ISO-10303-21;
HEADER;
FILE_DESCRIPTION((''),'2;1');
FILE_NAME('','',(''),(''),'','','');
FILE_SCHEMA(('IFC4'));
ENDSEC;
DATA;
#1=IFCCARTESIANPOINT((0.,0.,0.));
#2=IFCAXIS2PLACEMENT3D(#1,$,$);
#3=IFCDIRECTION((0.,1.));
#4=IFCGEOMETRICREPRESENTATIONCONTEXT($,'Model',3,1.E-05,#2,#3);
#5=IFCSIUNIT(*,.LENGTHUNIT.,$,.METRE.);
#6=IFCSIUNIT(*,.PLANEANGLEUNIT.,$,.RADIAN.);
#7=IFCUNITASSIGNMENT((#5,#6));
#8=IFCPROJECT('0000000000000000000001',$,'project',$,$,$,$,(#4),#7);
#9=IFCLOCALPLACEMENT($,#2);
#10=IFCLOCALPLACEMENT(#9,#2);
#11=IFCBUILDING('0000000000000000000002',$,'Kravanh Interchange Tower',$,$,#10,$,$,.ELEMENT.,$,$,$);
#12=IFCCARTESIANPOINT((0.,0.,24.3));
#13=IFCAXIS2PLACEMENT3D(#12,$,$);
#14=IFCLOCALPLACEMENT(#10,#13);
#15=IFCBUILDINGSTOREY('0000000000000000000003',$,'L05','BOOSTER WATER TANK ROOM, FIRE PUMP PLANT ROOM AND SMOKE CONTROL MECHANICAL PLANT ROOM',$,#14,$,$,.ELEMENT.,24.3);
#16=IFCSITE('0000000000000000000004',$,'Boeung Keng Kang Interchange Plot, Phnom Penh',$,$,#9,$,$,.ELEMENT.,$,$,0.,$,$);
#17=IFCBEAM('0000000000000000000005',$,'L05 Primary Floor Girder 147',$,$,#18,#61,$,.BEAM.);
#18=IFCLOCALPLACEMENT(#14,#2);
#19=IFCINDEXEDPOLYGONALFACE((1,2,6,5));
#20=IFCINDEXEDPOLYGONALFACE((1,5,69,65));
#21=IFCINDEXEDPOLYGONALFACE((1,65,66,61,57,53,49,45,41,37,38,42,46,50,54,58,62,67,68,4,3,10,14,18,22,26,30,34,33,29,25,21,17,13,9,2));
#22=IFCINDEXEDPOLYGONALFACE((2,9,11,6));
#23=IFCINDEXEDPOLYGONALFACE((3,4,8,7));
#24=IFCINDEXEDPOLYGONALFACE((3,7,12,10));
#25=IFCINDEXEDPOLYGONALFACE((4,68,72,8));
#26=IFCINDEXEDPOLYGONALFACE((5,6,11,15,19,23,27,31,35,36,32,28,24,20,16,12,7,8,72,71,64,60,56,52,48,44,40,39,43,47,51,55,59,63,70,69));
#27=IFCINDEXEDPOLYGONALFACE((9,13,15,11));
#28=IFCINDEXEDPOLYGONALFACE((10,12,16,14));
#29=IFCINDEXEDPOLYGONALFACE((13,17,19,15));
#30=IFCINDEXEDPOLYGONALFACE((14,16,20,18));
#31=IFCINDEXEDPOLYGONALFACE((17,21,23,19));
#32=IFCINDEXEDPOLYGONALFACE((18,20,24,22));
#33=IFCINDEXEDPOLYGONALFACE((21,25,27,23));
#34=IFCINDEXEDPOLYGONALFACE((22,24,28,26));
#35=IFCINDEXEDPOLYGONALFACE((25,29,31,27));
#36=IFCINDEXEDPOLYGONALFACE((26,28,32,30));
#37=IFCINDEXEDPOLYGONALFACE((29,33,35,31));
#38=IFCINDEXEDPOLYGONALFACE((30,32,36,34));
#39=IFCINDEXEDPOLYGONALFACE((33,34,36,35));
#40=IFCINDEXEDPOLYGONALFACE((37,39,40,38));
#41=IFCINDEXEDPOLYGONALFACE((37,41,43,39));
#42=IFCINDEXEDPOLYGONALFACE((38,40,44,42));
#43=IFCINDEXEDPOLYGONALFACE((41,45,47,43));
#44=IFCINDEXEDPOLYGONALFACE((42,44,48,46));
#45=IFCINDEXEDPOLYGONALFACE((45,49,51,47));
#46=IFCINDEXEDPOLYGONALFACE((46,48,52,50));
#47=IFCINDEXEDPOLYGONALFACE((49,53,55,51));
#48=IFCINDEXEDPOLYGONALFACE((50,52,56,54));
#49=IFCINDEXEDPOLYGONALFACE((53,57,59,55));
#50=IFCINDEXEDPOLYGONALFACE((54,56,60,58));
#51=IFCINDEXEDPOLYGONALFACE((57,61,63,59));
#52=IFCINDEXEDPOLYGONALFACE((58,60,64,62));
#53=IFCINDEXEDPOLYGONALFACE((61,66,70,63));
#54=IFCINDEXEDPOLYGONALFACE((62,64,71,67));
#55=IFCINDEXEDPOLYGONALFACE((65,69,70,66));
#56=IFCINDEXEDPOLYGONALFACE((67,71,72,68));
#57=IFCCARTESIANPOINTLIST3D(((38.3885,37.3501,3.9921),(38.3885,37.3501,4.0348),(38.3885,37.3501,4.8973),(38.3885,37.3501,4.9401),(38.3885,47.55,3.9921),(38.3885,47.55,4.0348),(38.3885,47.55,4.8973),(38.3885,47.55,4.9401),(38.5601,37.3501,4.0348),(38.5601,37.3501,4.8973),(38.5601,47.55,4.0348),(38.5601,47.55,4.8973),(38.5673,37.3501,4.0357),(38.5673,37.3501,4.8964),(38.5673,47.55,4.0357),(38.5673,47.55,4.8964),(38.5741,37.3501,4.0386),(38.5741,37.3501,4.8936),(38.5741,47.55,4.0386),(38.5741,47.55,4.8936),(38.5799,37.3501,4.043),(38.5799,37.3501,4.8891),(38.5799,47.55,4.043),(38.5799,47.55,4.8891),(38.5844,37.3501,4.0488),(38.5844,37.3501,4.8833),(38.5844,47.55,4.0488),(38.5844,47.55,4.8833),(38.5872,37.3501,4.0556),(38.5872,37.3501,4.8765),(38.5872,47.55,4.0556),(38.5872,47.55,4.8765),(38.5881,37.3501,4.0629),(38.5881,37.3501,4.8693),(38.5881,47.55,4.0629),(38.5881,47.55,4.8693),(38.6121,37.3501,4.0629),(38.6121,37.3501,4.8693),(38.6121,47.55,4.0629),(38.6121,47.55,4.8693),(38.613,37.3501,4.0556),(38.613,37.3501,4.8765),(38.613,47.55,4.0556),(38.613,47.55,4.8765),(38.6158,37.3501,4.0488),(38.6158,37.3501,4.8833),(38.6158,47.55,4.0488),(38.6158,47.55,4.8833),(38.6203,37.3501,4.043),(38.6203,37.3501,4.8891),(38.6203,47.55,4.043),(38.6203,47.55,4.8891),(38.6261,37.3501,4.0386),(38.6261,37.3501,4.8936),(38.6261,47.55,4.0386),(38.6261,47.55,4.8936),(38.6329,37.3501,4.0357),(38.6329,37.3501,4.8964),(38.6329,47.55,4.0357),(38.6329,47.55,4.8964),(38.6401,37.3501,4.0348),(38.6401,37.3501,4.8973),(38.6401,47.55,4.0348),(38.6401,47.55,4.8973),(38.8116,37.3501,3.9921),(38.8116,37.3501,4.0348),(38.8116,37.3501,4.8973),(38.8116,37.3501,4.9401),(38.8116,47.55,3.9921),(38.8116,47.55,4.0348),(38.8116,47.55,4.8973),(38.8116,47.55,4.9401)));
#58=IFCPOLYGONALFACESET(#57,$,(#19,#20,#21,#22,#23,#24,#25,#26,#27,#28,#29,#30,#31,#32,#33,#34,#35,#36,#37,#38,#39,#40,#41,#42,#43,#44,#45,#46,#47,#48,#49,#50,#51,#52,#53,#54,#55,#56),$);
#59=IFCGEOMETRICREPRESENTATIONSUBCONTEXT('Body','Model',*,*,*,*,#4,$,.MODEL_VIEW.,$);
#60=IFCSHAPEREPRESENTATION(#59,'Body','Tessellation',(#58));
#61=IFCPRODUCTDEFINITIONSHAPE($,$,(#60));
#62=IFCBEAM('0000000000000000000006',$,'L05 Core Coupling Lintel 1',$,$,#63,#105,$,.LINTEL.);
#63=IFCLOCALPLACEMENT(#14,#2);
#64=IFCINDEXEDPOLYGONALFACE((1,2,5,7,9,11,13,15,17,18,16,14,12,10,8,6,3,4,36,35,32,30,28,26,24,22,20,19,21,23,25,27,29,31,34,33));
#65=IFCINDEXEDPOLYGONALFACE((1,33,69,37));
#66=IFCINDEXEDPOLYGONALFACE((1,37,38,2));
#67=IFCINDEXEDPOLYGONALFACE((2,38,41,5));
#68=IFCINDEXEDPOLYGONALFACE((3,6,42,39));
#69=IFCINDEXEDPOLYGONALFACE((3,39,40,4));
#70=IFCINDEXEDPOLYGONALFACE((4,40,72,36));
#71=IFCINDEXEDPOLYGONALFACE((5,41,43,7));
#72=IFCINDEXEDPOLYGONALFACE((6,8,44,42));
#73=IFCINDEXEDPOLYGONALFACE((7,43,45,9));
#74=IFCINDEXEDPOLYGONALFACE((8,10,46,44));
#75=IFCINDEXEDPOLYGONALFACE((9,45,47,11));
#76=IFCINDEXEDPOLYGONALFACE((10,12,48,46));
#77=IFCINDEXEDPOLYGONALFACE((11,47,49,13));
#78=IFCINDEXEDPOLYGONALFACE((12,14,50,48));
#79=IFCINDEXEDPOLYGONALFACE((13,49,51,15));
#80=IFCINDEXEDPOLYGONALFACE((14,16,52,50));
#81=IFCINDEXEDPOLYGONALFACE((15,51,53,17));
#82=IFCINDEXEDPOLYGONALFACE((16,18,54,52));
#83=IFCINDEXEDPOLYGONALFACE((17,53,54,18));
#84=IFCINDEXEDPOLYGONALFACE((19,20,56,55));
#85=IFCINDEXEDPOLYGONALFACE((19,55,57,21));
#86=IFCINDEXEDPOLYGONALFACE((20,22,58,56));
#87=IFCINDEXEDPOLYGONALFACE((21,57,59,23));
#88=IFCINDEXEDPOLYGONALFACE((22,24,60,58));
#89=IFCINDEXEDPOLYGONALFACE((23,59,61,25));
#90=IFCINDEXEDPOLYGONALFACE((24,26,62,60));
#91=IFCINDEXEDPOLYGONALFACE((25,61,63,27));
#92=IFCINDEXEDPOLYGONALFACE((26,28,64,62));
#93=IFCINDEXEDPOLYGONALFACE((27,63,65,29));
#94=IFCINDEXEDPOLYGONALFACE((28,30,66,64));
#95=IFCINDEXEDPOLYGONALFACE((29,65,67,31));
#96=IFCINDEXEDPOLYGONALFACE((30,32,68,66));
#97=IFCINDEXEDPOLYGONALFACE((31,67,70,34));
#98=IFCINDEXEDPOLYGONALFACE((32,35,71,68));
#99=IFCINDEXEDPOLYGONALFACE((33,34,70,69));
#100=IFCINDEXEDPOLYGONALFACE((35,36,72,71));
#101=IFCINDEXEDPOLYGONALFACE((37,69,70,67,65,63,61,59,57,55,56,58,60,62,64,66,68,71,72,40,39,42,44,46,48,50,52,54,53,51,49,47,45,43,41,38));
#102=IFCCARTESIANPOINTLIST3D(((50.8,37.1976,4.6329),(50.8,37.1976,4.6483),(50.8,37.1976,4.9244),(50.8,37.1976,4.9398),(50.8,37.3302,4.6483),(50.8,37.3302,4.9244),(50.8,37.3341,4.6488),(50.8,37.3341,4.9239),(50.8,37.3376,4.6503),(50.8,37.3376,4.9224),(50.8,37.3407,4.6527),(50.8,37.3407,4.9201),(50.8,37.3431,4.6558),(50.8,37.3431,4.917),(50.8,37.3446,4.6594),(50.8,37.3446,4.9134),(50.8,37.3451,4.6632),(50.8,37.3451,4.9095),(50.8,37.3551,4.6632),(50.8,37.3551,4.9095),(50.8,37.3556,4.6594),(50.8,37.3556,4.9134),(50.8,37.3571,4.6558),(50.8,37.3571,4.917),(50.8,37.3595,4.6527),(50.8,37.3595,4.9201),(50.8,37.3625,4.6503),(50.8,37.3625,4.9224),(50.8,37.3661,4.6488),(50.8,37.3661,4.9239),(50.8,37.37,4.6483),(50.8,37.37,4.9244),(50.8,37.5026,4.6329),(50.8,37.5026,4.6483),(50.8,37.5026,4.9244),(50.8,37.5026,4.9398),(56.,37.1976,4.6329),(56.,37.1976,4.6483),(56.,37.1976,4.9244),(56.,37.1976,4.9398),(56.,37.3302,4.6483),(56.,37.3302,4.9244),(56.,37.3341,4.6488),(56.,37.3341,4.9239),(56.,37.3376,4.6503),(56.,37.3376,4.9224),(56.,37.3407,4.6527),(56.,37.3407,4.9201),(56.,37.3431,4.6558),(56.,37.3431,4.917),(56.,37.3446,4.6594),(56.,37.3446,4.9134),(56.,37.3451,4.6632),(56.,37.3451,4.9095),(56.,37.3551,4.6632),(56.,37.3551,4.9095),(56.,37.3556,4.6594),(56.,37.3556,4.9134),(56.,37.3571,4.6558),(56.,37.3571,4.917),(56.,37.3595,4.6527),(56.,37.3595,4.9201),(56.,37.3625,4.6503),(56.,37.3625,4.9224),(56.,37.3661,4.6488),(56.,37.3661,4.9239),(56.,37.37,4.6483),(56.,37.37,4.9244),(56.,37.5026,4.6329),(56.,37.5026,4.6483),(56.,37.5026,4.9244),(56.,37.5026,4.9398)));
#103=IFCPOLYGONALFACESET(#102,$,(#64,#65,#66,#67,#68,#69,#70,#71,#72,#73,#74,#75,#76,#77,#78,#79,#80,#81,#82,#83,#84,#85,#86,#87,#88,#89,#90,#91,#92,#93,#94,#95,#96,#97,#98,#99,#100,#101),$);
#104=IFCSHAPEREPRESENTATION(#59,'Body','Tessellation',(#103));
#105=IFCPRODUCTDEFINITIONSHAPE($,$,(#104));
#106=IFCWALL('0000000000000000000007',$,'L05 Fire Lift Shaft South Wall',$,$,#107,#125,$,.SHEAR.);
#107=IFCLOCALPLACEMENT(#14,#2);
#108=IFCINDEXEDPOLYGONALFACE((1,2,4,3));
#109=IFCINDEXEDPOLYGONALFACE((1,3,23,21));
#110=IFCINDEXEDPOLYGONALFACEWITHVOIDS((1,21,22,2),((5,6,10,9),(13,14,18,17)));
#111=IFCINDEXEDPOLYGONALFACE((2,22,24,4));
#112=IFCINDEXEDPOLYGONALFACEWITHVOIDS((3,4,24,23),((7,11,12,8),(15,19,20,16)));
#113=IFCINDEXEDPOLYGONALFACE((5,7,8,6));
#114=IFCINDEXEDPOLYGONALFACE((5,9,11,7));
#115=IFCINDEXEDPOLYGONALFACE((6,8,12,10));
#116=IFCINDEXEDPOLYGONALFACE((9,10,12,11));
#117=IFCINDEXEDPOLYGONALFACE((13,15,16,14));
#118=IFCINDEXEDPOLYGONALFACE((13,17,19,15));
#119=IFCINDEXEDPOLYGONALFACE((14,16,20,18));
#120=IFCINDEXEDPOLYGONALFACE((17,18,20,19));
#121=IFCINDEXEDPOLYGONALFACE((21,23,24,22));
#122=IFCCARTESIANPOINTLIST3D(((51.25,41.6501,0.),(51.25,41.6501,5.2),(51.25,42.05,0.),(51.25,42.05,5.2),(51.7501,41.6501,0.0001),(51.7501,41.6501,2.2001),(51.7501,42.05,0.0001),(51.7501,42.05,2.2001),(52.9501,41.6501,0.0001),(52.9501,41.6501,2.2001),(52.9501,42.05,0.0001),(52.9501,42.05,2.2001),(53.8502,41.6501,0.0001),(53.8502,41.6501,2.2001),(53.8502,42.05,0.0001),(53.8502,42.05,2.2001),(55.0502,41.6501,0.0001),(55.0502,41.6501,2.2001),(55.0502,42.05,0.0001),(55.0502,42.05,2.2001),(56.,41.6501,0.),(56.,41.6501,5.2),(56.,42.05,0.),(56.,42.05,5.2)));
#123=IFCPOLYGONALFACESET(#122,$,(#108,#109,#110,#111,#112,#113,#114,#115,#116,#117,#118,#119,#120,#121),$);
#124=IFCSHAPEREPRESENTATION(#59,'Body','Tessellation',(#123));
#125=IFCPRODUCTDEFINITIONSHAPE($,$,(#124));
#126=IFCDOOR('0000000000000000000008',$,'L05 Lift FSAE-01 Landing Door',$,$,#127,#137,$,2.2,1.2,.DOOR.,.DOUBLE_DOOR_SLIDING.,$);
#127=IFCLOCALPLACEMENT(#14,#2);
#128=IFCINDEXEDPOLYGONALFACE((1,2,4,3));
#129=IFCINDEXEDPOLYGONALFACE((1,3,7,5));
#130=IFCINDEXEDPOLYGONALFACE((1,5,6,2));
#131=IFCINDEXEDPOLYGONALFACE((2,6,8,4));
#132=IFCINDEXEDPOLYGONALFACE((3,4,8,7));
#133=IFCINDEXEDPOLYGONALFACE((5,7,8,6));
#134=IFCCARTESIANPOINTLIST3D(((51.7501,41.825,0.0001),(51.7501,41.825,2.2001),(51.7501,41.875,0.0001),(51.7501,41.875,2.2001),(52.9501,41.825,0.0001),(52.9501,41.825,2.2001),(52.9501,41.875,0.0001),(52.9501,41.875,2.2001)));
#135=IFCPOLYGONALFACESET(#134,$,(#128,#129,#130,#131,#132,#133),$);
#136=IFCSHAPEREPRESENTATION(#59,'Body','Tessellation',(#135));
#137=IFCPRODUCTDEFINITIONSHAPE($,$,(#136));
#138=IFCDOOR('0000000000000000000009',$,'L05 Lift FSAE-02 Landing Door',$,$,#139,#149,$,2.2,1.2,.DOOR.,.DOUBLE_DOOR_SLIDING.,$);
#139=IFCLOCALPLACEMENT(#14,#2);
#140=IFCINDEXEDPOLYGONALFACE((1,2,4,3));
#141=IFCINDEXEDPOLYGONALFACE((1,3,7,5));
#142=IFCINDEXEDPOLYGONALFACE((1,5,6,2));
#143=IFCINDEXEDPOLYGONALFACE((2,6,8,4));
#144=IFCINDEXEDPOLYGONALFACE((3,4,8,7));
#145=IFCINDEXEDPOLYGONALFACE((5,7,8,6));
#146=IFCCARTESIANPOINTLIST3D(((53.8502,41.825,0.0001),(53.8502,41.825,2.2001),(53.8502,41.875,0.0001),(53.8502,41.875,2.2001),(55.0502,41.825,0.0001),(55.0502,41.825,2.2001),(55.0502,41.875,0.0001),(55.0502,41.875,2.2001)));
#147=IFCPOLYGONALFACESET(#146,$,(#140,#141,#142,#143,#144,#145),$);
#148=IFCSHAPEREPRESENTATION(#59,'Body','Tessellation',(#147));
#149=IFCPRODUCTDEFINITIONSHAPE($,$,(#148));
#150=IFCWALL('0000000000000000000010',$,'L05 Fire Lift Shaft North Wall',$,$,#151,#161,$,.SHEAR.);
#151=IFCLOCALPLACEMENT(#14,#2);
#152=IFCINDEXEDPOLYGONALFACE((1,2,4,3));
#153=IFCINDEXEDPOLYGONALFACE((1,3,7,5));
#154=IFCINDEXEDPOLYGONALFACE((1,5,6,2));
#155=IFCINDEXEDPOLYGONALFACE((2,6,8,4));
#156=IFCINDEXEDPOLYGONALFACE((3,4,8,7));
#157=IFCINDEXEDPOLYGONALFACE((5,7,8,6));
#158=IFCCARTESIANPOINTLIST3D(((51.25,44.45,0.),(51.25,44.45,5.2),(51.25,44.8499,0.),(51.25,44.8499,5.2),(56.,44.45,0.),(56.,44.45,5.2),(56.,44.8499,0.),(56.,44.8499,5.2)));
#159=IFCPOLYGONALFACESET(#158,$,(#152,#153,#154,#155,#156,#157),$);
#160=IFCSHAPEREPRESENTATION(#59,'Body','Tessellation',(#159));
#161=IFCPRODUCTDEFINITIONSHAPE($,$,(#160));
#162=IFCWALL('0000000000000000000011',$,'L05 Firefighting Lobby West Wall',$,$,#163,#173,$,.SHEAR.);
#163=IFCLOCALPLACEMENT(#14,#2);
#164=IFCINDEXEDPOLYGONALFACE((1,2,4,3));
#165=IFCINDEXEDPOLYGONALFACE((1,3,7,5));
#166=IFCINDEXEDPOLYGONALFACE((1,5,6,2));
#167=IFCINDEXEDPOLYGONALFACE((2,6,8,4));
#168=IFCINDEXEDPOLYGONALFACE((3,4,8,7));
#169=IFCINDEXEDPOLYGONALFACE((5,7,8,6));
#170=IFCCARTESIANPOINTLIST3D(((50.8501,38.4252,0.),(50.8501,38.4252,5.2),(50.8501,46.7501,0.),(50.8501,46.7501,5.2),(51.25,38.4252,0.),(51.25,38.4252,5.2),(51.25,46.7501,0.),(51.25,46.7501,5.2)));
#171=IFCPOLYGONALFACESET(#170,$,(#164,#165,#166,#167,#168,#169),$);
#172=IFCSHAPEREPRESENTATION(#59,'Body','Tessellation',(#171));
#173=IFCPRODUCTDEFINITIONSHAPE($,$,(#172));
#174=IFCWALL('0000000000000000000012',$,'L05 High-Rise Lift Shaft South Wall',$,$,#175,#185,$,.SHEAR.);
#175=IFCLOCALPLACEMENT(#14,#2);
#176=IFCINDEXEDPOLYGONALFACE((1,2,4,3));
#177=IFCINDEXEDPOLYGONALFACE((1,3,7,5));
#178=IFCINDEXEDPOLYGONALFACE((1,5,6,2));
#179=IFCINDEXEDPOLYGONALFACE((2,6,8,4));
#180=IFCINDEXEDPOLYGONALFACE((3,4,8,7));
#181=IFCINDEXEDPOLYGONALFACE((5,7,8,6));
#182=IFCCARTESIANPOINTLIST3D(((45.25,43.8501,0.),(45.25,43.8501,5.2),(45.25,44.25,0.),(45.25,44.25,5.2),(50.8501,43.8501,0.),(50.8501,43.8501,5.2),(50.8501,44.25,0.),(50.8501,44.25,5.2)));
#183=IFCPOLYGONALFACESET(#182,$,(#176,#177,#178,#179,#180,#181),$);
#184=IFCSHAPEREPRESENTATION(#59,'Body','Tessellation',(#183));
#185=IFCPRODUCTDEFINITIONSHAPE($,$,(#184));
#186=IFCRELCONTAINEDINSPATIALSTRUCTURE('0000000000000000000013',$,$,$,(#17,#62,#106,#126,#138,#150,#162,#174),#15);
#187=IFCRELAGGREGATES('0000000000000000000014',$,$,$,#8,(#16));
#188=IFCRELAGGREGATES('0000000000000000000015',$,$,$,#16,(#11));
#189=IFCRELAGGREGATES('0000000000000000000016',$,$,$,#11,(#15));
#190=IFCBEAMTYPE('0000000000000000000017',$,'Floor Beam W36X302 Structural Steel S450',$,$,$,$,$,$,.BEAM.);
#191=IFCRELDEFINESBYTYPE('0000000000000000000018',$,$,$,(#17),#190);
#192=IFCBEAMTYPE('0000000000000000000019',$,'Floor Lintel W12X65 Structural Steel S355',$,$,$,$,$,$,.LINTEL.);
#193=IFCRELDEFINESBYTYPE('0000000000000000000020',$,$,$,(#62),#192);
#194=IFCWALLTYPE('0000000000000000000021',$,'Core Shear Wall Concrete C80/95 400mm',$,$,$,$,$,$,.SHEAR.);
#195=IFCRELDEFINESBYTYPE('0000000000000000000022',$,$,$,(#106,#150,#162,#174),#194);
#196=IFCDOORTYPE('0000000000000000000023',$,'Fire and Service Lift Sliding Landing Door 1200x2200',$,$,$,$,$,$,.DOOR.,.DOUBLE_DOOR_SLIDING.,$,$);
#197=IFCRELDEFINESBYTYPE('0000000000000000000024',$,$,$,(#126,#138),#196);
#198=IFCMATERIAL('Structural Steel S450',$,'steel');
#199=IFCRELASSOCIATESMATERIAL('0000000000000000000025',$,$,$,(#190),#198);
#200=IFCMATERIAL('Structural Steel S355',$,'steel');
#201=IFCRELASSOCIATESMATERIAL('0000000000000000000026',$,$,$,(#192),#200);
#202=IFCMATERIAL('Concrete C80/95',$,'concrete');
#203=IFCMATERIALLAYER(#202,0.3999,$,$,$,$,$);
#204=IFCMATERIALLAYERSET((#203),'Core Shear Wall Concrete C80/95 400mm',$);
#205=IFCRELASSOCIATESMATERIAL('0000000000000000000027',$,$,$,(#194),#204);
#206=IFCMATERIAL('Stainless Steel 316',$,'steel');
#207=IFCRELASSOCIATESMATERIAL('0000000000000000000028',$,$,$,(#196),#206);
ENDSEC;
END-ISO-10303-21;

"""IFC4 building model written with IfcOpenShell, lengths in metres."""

from ifc_helpers import new_model, si_unit, direction, frame, frame_2d, origin, origin_2d, place, context, subcontext, project, spatial, rectangle, i_section, extrude, material, layer, layer_set, material_profile, profile_set, type_object, element, fill, save


model = new_model("IFC4")

# Units and contexts
model_context = context("Model", 3, precision=1e-05, world=origin(), true_north=direction((0.0, 1.0)))
body_context = subcontext(model_context, "Body", "Model", "MODEL_VIEW")
ifc_project = project(units=[si_unit("LENGTHUNIT", "METRE"), si_unit("PLANEANGLEUNIT", "RADIAN")], contexts=[model_context])

# Site, building, storey
site_placement = place(None, origin())
site = spatial("IfcSite", under=ifc_project, at=site_placement, Name="Boeung Keng Kang Interchange Plot, Phnom Penh", CompositionType="ELEMENT", RefElevation=0.0)
building_placement = place(site_placement, origin())
building = spatial("IfcBuilding", under=site, at=building_placement, Name="Kravanh Interchange Tower", CompositionType="ELEMENT")
storey_placement = place(building_placement, frame((0.0, 0.0, 24.3)))
storey = spatial("IfcBuildingStorey", under=building, at=storey_placement, Name="L05", Description="BOOSTER WATER TANK ROOM, FIRE PUMP PLANT ROOM AND SMOKE CONTROL MECHANICAL PLANT ROOM", CompositionType="ELEMENT", Elevation=24.3)

# Beams
ifc_material_1 = material(Name="Structural Steel S450", Category="steel")
ifc_material_profile_1 = material_profile(ifc_material_1, i_section(OverallWidth=0.4231, OverallDepth=0.948, WebThickness=0.0239, FlangeThickness=0.0427, FilletRadius=0.0281, at=origin_2d()), Name="W36X302")
ifc_profile_set_1 = profile_set([ifc_material_profile_1], Name="Structural Steel S450")
beam_type_1 = type_object("IfcBeamType", Name="Floor Beam W36X302 Structural Steel S450", PredefinedType="BEAM", material=ifc_profile_set_1)
beam_1_placement = place(storey_placement, frame((38.6001, 37.3501, 4.4661), z_axis=(0.0, 1.0, 0.0), x_axis=(-1.0, 0.0, 0.0)))
element("IfcBeam", 1, at=beam_1_placement, inside=storey, type_object=beam_type_1, Name="L05 Primary Floor Girder 147", PredefinedType="BEAM", context=body_context, shape_type="SweptSolid", body=[
    extrude(i_section(OverallWidth=0.4231, OverallDepth=0.948, WebThickness=0.0239, FlangeThickness=0.0427, FilletRadius=0.0281, at=origin_2d()), origin(), (0.0, 0.0, 1.0), 10.2),
])
ifc_material_2 = material(Name="Structural Steel S355", Category="steel")
ifc_material_profile_2 = material_profile(ifc_material_2, i_section(OverallWidth=0.3049, OverallDepth=0.3069, WebThickness=0.01, FlangeThickness=0.0154, FilletRadius=0.0149, at=origin_2d()), Name="W12X65")
ifc_profile_set_2 = profile_set([ifc_material_profile_2], Name="Structural Steel S355")
beam_type_2 = type_object("IfcBeamType", Name="Floor Lintel W12X65 Structural Steel S355", PredefinedType="LINTEL", material=ifc_profile_set_2)
beam_2_placement = place(storey_placement, frame((50.8, 37.3501, 4.7864), z_axis=(1.0, 0.0, 0.0), x_axis=(0.0, 1.0, 0.0)))
element("IfcBeam", 2, at=beam_2_placement, inside=storey, type_object=beam_type_2, Name="L05 Core Coupling Lintel 1", PredefinedType="LINTEL", context=body_context, shape_type="SweptSolid", body=[
    extrude(i_section(OverallWidth=0.3049, OverallDepth=0.3069, WebThickness=0.01, FlangeThickness=0.0154, FilletRadius=0.0149, at=origin_2d()), origin(), (0.0, 0.0, 1.0), 5.2),
])

# Wall, openings, doors
ifc_material_3 = material(Name="Concrete C80/95", Category="concrete")
ifc_layer_1 = layer(ifc_material_3, 0.3999)
ifc_layer_set_1 = layer_set([ifc_layer_1], Name="Core Shear Wall Concrete C80/95 400mm")
wall_type_1 = type_object("IfcWallType", Name="Core Shear Wall Concrete C80/95 400mm", PredefinedType="SHEAR", material=ifc_layer_set_1)
wall_1_placement = place(storey_placement, frame((51.25, 41.8501, 0.0), z_axis=(0.0, 0.0, 1.0), x_axis=(1.0, 0.0, 0.0)))
wall_1 = element("IfcWall", 3, at=wall_1_placement, inside=storey, type_object=wall_type_1, Name="L05 Fire Lift Shaft South Wall", PredefinedType="SHEAR", context=body_context, shape_type="SweptSolid", body=[
    extrude(rectangle(XDim=4.75, YDim=0.3999, at=frame_2d((2.375, 0.0))), origin(), (0.0, 0.0, 1.0), 5.2),
])
opening_1_placement = place(wall_1_placement, frame((0.5, 0.0, 0.0)))
opening_1 = element("IfcOpeningElement", 4, at=opening_1_placement, cuts=wall_1, PredefinedType="OPENING", context=body_context, shape_type="SweptSolid", body=[
    extrude(rectangle(XDim=1.2, YDim=2.2, at=frame_2d((0.6001, 1.1001))), frame((0.0, 0.21, 0.0), z_axis=(0.0, -1.0, 0.0), x_axis=(1.0, 0.0, 0.0)), (0.0, 0.0, 1.0), 0.4199),
])
opening_2_placement = place(wall_1_placement, frame((2.6001, 0.0, 0.0)))
opening_2 = element("IfcOpeningElement", 5, at=opening_2_placement, cuts=wall_1, PredefinedType="OPENING", context=body_context, shape_type="SweptSolid", body=[
    extrude(rectangle(XDim=1.2, YDim=2.2, at=frame_2d((0.6001, 1.1001))), frame((0.0, 0.21, 0.0), z_axis=(0.0, -1.0, 0.0), x_axis=(1.0, 0.0, 0.0)), (0.0, 0.0, 1.0), 0.4199),
])
ifc_material_4 = material(Name="Stainless Steel 316", Category="steel")
door_type_1 = type_object("IfcDoorType", Name="Fire and Service Lift Sliding Landing Door 1200x2200", OperationType="DOUBLE_DOOR_SLIDING", PredefinedType="DOOR", material=ifc_material_4)
door_1_placement = place(opening_1_placement, origin())
door_1 = element("IfcDoor", 6, at=door_1_placement, inside=storey, type_object=door_type_1, Name="L05 Lift FSAE-01 Landing Door", OperationType="DOUBLE_DOOR_SLIDING", OverallHeight=2.2, OverallWidth=1.2, PredefinedType="DOOR", context=body_context, shape_type="SweptSolid", body=[
    extrude(rectangle(XDim=1.2, YDim=2.2, at=frame_2d((0.6001, 1.1001))), frame((0.0, 0.0249, 0.0), z_axis=(0.0, -1.0, 0.0), x_axis=(1.0, 0.0, 0.0)), (0.0, 0.0, 1.0), 0.05),
])
fill(opening_1, door_1)
door_2_placement = place(opening_2_placement, origin())
door_2 = element("IfcDoor", 7, at=door_2_placement, inside=storey, type_object=door_type_1, Name="L05 Lift FSAE-02 Landing Door", OperationType="DOUBLE_DOOR_SLIDING", OverallHeight=2.2, OverallWidth=1.2, PredefinedType="DOOR", context=body_context, shape_type="SweptSolid", body=[
    extrude(rectangle(XDim=1.2, YDim=2.2, at=frame_2d((0.6001, 1.1001))), frame((0.0, 0.0249, 0.0), z_axis=(0.0, -1.0, 0.0), x_axis=(1.0, 0.0, 0.0)), (0.0, 0.0, 1.0), 0.05),
])
fill(opening_2, door_2)

# Walls
wall_2_placement = place(storey_placement, frame((51.25, 44.6499, 0.0), z_axis=(0.0, 0.0, 1.0), x_axis=(1.0, 0.0, 0.0)))
element("IfcWall", 8, at=wall_2_placement, inside=storey, type_object=wall_type_1, Name="L05 Fire Lift Shaft North Wall", PredefinedType="SHEAR", context=body_context, shape_type="SweptSolid", body=[
    extrude(rectangle(XDim=4.75, YDim=0.3999, at=frame_2d((2.375, 0.0))), origin(), (0.0, 0.0, 1.0), 5.2),
])
wall_3_placement = place(storey_placement, frame((51.05, 38.425, 0.0), z_axis=(0.0, 0.0, 1.0), x_axis=(0.0, 1.0, 0.0)))
element("IfcWall", 9, at=wall_3_placement, inside=storey, type_object=wall_type_1, Name="L05 Firefighting Lobby West Wall", PredefinedType="SHEAR", context=body_context, shape_type="SweptSolid", body=[
    extrude(rectangle(XDim=8.325, YDim=0.3999, at=frame_2d((4.1626, 0.0))), origin(), (0.0, 0.0, 1.0), 5.2),
])
wall_4_placement = place(storey_placement, frame((45.25, 44.05, 0.0), z_axis=(0.0, 0.0, 1.0), x_axis=(1.0, 0.0, 0.0)))
element("IfcWall", 10, at=wall_4_placement, inside=storey, type_object=wall_type_1, Name="L05 High-Rise Lift Shaft South Wall", PredefinedType="SHEAR", context=body_context, shape_type="SweptSolid", body=[
    extrude(rectangle(XDim=5.6001, YDim=0.3999, at=frame_2d((2.8, 0.0))), origin(), (0.0, 0.0, 1.0), 5.2),
])

save(model, "model.ifc")
